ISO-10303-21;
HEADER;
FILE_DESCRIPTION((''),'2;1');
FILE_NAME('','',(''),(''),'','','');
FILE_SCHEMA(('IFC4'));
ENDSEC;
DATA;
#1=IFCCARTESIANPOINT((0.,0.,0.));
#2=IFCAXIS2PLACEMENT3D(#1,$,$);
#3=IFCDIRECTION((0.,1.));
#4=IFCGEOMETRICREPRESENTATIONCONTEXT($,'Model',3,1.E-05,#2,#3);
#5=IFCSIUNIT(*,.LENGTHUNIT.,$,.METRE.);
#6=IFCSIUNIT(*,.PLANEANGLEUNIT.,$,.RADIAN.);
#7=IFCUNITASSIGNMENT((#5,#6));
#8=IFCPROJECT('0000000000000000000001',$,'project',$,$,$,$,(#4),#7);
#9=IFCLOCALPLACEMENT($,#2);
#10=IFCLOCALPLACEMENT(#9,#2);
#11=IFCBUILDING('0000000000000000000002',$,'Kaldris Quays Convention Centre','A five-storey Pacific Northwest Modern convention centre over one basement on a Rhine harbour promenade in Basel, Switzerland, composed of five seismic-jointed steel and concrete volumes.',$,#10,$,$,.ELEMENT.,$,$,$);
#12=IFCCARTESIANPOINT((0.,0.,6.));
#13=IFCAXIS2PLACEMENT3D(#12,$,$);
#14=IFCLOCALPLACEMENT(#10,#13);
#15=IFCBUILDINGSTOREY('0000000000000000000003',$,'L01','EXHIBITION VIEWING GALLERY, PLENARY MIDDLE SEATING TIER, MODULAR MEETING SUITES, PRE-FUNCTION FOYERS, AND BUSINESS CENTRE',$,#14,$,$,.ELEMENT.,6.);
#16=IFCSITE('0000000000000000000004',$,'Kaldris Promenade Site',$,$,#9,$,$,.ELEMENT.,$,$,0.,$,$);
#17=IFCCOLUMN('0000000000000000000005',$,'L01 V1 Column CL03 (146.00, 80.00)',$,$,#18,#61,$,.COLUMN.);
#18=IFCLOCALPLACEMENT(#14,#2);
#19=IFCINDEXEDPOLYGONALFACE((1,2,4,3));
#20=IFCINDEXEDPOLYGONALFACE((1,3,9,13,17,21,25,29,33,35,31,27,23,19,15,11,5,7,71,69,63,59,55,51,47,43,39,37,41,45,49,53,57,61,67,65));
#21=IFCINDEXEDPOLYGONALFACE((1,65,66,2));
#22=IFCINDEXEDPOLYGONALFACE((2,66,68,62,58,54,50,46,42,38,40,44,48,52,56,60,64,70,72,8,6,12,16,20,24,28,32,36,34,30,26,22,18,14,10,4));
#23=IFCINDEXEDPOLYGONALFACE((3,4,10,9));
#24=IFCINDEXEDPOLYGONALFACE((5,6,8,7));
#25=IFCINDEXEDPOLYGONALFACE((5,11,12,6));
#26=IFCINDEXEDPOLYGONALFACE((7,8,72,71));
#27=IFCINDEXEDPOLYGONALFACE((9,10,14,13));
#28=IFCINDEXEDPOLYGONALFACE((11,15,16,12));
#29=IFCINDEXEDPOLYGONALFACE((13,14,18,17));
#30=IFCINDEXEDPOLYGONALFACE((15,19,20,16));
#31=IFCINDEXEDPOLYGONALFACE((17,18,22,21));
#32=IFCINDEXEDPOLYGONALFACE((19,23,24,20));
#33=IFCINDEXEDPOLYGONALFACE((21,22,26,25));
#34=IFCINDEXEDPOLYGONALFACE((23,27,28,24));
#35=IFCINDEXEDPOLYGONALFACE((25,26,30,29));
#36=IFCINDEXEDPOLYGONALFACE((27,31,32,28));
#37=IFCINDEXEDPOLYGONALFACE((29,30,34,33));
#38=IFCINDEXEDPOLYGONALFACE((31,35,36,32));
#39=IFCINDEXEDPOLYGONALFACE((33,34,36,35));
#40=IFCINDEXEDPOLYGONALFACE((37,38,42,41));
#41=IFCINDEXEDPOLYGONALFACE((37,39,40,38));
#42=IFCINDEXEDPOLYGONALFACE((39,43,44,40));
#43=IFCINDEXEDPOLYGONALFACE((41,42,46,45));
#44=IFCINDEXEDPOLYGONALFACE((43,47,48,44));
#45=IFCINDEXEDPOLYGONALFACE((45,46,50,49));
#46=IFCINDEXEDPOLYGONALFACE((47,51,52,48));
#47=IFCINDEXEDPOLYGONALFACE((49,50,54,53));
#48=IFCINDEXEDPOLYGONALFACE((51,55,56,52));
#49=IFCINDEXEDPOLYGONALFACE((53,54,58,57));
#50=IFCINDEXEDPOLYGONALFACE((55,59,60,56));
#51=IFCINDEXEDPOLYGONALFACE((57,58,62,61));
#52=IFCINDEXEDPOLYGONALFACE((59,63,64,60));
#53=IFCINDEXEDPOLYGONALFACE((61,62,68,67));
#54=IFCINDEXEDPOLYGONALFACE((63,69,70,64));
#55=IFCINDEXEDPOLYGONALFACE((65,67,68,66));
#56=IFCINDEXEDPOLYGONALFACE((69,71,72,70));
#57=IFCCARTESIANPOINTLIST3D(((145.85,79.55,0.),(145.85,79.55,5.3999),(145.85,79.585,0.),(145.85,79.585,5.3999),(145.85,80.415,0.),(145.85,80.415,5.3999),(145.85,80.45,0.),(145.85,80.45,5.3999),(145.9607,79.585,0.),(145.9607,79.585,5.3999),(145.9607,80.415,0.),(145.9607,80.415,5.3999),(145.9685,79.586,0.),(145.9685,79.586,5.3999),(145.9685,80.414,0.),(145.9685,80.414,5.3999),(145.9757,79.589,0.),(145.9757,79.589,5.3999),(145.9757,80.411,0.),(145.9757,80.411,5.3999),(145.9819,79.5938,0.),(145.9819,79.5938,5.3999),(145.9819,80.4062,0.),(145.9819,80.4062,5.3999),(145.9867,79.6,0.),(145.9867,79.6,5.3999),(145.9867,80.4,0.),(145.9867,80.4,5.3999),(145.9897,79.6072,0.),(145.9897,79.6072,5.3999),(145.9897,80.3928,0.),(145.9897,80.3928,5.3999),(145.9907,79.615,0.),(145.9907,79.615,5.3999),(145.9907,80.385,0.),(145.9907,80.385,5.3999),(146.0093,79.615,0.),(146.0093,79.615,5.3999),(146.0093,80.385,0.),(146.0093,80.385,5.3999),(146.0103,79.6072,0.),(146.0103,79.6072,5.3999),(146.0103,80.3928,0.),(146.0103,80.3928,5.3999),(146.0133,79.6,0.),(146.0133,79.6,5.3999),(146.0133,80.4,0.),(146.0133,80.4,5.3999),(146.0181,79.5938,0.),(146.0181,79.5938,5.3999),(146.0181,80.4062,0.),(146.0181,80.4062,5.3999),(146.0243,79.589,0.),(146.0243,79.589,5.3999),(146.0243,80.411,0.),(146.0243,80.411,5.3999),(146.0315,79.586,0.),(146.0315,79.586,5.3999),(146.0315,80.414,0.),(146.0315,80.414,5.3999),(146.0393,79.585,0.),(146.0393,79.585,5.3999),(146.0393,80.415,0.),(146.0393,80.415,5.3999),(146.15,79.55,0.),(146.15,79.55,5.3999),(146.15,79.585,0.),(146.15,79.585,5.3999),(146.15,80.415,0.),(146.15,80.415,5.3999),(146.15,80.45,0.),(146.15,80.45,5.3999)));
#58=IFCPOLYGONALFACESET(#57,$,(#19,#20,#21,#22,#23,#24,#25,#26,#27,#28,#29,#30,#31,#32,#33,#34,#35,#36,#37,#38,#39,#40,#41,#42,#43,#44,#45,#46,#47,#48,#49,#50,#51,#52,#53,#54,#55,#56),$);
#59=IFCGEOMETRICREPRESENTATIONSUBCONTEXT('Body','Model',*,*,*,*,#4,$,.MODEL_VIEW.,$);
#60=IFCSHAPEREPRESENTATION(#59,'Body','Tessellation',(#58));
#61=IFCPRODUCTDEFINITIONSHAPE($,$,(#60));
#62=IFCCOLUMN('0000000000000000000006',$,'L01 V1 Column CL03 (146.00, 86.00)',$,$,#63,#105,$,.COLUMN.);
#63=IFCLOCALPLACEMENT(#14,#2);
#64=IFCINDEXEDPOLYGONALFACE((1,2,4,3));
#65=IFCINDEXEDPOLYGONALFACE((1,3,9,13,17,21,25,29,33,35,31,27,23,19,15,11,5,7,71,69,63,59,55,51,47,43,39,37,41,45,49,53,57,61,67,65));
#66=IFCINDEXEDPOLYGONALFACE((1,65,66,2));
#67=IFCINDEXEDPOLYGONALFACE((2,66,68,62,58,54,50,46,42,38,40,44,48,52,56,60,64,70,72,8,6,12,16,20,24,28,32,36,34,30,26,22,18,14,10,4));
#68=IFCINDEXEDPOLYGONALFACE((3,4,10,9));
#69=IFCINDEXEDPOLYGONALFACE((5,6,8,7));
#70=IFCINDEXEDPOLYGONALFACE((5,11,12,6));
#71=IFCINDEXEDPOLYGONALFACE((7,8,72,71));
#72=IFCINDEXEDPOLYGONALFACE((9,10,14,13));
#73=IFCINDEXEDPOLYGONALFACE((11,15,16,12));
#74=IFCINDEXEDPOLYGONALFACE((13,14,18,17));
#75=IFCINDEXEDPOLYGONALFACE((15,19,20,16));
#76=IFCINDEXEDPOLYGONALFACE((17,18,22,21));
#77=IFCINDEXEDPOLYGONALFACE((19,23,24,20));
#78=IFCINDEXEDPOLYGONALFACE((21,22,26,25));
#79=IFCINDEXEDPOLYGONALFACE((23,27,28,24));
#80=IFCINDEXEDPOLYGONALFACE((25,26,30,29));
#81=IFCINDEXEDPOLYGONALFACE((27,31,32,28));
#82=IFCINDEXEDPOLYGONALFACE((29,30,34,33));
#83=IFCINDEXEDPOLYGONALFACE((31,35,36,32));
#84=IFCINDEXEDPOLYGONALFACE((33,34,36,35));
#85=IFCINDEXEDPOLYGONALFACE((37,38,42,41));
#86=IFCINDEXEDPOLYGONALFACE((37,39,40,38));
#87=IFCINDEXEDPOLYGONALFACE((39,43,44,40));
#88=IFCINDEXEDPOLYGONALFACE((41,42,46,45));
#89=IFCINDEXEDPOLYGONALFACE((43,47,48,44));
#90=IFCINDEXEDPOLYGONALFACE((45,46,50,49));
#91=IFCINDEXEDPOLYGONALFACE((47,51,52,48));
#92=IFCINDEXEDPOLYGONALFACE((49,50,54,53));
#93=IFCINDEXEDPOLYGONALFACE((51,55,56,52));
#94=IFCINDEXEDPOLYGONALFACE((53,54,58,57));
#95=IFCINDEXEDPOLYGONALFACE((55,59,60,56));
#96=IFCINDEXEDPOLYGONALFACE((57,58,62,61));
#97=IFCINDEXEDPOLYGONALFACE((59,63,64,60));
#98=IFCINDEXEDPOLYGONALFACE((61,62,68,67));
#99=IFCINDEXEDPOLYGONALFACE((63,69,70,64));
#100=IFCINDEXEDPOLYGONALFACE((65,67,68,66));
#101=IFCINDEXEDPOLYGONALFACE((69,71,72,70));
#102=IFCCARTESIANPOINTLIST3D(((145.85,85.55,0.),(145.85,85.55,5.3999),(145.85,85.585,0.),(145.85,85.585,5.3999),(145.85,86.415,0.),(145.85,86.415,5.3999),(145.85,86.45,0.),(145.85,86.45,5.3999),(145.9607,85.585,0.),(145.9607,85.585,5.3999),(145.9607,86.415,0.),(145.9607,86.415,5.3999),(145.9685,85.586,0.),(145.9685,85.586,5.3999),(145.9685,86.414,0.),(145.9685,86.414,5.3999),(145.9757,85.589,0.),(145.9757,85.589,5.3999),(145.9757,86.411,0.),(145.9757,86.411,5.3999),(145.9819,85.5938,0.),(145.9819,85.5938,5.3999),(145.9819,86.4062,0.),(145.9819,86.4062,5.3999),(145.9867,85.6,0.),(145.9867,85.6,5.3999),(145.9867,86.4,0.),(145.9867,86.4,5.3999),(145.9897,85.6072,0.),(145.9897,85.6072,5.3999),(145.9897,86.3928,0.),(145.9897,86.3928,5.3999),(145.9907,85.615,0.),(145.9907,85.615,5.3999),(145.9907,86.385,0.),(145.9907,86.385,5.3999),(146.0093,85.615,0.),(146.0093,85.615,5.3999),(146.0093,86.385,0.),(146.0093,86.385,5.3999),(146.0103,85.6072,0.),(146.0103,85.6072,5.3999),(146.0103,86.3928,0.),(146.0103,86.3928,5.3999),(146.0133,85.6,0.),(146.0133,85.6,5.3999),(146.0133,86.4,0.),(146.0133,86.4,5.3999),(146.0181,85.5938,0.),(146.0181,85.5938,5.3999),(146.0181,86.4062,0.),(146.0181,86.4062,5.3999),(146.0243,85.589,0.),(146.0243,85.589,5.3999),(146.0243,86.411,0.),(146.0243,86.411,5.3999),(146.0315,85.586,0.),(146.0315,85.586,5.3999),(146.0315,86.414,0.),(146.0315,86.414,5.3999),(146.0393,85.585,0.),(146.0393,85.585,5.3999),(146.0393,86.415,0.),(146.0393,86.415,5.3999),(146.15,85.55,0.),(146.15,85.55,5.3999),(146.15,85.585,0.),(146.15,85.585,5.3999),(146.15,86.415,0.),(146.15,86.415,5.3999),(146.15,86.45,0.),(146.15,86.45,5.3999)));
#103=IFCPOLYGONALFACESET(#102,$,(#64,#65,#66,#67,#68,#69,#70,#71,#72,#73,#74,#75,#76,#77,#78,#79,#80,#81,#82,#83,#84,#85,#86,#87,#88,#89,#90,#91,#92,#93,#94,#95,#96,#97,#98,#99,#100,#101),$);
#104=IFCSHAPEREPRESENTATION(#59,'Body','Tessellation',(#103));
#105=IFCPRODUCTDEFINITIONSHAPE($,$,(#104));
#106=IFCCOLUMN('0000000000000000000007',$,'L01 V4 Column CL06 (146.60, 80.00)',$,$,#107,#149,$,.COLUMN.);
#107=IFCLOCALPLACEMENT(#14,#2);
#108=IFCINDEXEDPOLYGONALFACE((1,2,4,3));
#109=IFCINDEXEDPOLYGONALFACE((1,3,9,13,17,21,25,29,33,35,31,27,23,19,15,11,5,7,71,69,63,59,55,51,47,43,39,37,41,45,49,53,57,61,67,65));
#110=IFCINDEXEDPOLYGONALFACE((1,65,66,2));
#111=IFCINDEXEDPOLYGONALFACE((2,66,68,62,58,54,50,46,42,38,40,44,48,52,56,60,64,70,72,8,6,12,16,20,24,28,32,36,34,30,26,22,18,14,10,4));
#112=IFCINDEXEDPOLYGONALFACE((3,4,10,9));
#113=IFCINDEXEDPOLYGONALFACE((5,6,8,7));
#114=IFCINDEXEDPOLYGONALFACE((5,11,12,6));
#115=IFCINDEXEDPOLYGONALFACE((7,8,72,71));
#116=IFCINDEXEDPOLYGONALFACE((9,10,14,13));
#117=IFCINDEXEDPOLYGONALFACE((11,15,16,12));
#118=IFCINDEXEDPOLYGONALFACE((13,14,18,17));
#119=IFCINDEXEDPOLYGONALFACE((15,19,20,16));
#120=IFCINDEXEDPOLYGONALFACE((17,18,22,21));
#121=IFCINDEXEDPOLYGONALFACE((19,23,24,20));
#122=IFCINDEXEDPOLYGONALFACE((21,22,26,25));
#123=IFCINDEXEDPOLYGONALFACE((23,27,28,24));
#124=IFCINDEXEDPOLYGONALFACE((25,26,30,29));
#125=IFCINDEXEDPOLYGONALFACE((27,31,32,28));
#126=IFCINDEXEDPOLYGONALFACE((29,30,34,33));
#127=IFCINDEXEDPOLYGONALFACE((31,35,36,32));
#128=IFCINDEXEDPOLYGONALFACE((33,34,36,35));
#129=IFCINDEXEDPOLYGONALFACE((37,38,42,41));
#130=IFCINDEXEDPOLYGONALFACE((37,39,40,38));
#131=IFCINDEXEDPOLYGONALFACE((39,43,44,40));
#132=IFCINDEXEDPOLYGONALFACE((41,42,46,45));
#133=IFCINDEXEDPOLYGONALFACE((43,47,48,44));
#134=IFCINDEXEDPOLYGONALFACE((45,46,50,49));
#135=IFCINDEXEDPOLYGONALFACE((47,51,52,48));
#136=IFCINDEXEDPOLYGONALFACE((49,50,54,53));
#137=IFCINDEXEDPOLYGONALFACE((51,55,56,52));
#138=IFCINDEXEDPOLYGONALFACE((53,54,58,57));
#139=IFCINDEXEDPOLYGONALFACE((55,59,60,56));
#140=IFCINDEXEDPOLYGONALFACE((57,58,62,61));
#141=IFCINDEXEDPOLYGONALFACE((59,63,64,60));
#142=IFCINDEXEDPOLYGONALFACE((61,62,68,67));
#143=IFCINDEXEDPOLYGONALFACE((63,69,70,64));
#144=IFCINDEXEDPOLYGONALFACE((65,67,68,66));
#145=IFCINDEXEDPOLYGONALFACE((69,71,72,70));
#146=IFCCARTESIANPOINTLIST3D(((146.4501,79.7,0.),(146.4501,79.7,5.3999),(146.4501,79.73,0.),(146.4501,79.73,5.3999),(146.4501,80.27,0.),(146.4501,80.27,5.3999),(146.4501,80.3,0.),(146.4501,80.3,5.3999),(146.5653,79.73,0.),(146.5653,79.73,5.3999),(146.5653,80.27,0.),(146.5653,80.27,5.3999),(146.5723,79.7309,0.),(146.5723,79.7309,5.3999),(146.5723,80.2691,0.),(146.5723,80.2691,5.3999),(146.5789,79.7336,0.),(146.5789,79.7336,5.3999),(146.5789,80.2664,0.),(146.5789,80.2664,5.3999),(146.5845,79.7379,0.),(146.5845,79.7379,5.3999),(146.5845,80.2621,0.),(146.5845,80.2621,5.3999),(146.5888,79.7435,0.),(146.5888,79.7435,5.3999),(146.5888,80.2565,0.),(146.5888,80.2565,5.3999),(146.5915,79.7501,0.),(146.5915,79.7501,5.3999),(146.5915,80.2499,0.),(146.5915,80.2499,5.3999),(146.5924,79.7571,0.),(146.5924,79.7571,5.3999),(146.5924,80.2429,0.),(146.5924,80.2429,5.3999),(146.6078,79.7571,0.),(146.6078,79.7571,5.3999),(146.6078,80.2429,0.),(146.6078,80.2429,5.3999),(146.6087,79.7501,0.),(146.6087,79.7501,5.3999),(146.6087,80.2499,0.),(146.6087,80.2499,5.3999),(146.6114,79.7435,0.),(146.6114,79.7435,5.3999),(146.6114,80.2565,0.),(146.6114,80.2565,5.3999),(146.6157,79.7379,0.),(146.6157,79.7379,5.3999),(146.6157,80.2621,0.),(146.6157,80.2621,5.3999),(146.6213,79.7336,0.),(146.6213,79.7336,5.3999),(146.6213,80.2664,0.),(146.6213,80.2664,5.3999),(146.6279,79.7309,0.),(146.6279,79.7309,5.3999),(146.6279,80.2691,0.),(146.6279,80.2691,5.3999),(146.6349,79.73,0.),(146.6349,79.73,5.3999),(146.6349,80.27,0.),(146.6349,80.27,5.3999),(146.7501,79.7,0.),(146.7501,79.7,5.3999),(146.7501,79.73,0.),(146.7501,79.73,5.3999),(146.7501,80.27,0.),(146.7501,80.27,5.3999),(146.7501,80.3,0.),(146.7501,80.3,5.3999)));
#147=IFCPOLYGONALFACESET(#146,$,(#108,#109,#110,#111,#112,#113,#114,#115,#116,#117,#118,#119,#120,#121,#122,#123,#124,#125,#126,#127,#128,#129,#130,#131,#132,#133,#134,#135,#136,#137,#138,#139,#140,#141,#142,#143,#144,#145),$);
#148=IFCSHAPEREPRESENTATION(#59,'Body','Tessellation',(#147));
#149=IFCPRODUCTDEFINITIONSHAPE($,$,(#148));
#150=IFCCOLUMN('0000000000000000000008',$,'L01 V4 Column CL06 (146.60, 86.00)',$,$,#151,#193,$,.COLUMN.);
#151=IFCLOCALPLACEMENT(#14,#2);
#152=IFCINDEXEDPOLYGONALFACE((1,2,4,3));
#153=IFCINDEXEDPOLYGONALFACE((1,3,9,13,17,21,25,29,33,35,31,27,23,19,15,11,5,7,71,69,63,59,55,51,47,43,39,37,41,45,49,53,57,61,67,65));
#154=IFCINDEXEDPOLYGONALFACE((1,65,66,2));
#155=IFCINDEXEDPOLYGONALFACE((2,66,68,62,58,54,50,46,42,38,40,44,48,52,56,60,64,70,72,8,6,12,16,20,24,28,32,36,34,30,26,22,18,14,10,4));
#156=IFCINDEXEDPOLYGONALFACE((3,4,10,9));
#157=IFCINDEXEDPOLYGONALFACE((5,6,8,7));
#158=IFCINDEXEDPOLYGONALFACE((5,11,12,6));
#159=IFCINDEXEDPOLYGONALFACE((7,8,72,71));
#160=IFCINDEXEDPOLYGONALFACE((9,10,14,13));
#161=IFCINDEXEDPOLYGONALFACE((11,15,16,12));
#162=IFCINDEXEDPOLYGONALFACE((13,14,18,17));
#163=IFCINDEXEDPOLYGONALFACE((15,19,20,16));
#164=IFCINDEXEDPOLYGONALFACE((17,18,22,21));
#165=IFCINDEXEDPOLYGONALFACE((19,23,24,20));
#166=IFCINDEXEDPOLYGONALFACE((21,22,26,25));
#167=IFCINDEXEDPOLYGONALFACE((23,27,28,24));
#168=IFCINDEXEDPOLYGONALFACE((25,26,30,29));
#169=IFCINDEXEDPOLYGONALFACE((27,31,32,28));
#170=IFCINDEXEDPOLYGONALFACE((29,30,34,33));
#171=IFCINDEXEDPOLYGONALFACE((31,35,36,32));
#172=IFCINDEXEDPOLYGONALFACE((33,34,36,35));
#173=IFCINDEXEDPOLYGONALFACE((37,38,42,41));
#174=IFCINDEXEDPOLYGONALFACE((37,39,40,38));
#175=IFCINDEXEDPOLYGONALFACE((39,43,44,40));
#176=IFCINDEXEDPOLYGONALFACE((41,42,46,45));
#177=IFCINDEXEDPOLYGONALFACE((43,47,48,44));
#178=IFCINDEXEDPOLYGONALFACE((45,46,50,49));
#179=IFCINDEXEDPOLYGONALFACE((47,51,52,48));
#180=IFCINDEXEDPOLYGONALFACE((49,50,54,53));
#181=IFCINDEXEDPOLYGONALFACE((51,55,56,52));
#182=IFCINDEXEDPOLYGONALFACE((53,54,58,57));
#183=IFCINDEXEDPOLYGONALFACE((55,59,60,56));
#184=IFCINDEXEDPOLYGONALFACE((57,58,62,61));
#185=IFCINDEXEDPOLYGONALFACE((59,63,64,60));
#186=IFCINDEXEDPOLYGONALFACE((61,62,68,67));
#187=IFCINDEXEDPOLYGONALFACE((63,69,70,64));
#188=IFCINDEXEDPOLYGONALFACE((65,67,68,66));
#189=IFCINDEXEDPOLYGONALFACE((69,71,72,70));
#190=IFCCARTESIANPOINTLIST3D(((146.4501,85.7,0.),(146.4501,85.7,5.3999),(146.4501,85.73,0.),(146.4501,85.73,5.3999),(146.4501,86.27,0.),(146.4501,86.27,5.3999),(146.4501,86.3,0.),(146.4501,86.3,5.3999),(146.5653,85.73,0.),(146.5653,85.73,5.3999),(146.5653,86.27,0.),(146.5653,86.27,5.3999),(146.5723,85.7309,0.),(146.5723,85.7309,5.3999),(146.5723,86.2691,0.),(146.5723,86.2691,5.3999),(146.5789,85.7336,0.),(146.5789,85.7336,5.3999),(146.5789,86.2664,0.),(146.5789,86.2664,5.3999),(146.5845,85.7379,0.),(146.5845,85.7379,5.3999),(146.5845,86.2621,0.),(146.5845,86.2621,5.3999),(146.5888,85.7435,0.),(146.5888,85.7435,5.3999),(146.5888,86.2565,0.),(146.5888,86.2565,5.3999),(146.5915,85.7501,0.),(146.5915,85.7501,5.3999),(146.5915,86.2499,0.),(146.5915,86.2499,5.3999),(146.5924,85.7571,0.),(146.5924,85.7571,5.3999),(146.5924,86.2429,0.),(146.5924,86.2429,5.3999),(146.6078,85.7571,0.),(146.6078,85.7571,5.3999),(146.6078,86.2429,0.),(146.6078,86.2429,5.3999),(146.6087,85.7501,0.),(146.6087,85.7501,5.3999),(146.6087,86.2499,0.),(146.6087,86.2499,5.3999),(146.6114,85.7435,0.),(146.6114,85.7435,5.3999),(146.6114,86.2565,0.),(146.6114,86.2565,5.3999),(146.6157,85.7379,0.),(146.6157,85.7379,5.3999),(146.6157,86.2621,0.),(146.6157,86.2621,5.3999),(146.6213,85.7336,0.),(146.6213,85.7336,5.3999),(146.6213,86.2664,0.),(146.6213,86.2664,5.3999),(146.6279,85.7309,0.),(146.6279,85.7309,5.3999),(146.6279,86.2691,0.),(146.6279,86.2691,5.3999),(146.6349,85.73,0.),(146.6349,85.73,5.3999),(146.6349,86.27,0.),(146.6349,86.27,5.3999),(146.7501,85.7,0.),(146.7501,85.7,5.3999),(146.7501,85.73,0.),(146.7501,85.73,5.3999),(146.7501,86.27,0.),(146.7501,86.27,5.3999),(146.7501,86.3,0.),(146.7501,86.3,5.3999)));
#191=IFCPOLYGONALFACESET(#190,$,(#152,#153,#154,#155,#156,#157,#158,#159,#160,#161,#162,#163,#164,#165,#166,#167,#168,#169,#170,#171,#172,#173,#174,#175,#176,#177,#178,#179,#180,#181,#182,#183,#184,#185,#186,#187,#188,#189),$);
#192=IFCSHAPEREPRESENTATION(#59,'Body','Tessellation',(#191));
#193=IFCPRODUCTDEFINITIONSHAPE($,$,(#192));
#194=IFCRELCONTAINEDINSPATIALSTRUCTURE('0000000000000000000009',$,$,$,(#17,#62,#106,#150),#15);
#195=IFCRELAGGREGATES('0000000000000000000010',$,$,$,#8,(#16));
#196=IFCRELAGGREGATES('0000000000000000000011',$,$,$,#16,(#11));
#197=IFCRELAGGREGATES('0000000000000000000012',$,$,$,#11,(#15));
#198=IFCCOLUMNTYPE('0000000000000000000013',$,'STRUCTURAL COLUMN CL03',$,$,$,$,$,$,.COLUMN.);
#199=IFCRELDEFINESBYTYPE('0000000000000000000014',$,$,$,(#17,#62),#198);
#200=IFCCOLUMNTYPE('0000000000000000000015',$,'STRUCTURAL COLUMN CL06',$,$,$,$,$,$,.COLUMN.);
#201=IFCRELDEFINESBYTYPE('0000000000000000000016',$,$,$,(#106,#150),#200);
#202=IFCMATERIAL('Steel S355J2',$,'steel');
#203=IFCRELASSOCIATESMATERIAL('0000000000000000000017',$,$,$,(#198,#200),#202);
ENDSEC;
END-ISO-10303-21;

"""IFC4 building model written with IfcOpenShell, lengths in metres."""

from ifc_helpers import new_model, si_unit, direction, frame, origin, origin_2d, place, context, subcontext, project, spatial, i_section, extrude, material, material_profile, profile_set, type_object, element, save


model = new_model("IFC4")

# Units and contexts
model_context = context("Model", 3, precision=1e-05, world=origin(), true_north=direction((0.0, 1.0)))
body_context = subcontext(model_context, "Body", "Model", "MODEL_VIEW")
ifc_project = project(units=[si_unit("LENGTHUNIT", "METRE"), si_unit("PLANEANGLEUNIT", "RADIAN")], contexts=[model_context])

# Site, building, storey
site_placement = place(None, origin())
site = spatial("IfcSite", under=ifc_project, at=site_placement, Name="Kaldris Promenade Site", CompositionType="ELEMENT", RefElevation=0.0)
building_placement = place(site_placement, origin())
building = spatial("IfcBuilding", under=site, at=building_placement, Name="Kaldris Quays Convention Centre", Description="A five-storey Pacific Northwest Modern convention centre over one basement on a Rhine harbour promenade in Basel, Switzerland, composed of five seismic-jointed steel and concrete volumes.", CompositionType="ELEMENT")
storey_placement = place(building_placement, frame((0.0, 0.0, 6.0)))
storey = spatial("IfcBuildingStorey", under=building, at=storey_placement, Name="L01", Description="EXHIBITION VIEWING GALLERY, PLENARY MIDDLE SEATING TIER, MODULAR MEETING SUITES, PRE-FUNCTION FOYERS, AND BUSINESS CENTRE", CompositionType="ELEMENT", Elevation=6.0)

# Columns
ifc_material_1 = material(Name="Steel S355J2", Category="steel")
ifc_material_profile_1 = material_profile(ifc_material_1, i_section(OverallWidth=0.3, OverallDepth=0.8999, WebThickness=0.0186, FlangeThickness=0.0349, FilletRadius=0.03, at=origin_2d()), Name="HEB 900")
ifc_profile_set_1 = profile_set([ifc_material_profile_1], Name="Steel S355J2")
column_type_1 = type_object("IfcColumnType", Name="STRUCTURAL COLUMN CL03", PredefinedType="COLUMN", material=ifc_profile_set_1)
for number, where, z_axis, x_axis, name in (
    (1, (146.0, 80.0, 0.0), (0.0, 0.0, 1.0), (1.0, 0.0, 0.0), "L01 V1 Column CL03 (146.00, 80.00)"),
    (2, (146.0, 86.0, 0.0), (0.0, 0.0, 1.0), (1.0, 0.0, 0.0), "L01 V1 Column CL03 (146.00, 86.00)"),
):
    element("IfcColumn", number, at=place(storey_placement, frame(where, z_axis=z_axis, x_axis=x_axis)), inside=storey, type_object=column_type_1, Name=name, PredefinedType="COLUMN", context=body_context, shape_type="SweptSolid", body=[
        extrude(i_section(OverallWidth=0.3, OverallDepth=0.8999, WebThickness=0.0186, FlangeThickness=0.0349, FilletRadius=0.03, at=origin_2d()), origin(), (0.0, 0.0, 1.0), 5.3999),
    ])
ifc_material_profile_2 = material_profile(ifc_material_1, i_section(OverallWidth=0.3, OverallDepth=0.6001, WebThickness=0.0154, FlangeThickness=0.03, FilletRadius=0.0271, at=origin_2d()), Name="HEB 600")
ifc_profile_set_2 = profile_set([ifc_material_profile_2], Name="Steel S355J2")
column_type_2 = type_object("IfcColumnType", Name="STRUCTURAL COLUMN CL06", PredefinedType="COLUMN", material=ifc_profile_set_2)
for number, where, z_axis, x_axis, name in (
    (3, (146.6001, 80.0, 0.0), (0.0, 0.0, 1.0), (1.0, 0.0, 0.0), "L01 V4 Column CL06 (146.60, 80.00)"),
    (4, (146.6001, 86.0, 0.0), (0.0, 0.0, 1.0), (1.0, 0.0, 0.0), "L01 V4 Column CL06 (146.60, 86.00)"),
):
    element("IfcColumn", number, at=place(storey_placement, frame(where, z_axis=z_axis, x_axis=x_axis)), inside=storey, type_object=column_type_2, Name=name, PredefinedType="COLUMN", context=body_context, shape_type="SweptSolid", body=[
        extrude(i_section(OverallWidth=0.3, OverallDepth=0.6001, WebThickness=0.0154, FlangeThickness=0.03, FilletRadius=0.0271, at=origin_2d()), origin(), (0.0, 0.0, 1.0), 5.3999),
    ])

save(model, "model.ifc")
